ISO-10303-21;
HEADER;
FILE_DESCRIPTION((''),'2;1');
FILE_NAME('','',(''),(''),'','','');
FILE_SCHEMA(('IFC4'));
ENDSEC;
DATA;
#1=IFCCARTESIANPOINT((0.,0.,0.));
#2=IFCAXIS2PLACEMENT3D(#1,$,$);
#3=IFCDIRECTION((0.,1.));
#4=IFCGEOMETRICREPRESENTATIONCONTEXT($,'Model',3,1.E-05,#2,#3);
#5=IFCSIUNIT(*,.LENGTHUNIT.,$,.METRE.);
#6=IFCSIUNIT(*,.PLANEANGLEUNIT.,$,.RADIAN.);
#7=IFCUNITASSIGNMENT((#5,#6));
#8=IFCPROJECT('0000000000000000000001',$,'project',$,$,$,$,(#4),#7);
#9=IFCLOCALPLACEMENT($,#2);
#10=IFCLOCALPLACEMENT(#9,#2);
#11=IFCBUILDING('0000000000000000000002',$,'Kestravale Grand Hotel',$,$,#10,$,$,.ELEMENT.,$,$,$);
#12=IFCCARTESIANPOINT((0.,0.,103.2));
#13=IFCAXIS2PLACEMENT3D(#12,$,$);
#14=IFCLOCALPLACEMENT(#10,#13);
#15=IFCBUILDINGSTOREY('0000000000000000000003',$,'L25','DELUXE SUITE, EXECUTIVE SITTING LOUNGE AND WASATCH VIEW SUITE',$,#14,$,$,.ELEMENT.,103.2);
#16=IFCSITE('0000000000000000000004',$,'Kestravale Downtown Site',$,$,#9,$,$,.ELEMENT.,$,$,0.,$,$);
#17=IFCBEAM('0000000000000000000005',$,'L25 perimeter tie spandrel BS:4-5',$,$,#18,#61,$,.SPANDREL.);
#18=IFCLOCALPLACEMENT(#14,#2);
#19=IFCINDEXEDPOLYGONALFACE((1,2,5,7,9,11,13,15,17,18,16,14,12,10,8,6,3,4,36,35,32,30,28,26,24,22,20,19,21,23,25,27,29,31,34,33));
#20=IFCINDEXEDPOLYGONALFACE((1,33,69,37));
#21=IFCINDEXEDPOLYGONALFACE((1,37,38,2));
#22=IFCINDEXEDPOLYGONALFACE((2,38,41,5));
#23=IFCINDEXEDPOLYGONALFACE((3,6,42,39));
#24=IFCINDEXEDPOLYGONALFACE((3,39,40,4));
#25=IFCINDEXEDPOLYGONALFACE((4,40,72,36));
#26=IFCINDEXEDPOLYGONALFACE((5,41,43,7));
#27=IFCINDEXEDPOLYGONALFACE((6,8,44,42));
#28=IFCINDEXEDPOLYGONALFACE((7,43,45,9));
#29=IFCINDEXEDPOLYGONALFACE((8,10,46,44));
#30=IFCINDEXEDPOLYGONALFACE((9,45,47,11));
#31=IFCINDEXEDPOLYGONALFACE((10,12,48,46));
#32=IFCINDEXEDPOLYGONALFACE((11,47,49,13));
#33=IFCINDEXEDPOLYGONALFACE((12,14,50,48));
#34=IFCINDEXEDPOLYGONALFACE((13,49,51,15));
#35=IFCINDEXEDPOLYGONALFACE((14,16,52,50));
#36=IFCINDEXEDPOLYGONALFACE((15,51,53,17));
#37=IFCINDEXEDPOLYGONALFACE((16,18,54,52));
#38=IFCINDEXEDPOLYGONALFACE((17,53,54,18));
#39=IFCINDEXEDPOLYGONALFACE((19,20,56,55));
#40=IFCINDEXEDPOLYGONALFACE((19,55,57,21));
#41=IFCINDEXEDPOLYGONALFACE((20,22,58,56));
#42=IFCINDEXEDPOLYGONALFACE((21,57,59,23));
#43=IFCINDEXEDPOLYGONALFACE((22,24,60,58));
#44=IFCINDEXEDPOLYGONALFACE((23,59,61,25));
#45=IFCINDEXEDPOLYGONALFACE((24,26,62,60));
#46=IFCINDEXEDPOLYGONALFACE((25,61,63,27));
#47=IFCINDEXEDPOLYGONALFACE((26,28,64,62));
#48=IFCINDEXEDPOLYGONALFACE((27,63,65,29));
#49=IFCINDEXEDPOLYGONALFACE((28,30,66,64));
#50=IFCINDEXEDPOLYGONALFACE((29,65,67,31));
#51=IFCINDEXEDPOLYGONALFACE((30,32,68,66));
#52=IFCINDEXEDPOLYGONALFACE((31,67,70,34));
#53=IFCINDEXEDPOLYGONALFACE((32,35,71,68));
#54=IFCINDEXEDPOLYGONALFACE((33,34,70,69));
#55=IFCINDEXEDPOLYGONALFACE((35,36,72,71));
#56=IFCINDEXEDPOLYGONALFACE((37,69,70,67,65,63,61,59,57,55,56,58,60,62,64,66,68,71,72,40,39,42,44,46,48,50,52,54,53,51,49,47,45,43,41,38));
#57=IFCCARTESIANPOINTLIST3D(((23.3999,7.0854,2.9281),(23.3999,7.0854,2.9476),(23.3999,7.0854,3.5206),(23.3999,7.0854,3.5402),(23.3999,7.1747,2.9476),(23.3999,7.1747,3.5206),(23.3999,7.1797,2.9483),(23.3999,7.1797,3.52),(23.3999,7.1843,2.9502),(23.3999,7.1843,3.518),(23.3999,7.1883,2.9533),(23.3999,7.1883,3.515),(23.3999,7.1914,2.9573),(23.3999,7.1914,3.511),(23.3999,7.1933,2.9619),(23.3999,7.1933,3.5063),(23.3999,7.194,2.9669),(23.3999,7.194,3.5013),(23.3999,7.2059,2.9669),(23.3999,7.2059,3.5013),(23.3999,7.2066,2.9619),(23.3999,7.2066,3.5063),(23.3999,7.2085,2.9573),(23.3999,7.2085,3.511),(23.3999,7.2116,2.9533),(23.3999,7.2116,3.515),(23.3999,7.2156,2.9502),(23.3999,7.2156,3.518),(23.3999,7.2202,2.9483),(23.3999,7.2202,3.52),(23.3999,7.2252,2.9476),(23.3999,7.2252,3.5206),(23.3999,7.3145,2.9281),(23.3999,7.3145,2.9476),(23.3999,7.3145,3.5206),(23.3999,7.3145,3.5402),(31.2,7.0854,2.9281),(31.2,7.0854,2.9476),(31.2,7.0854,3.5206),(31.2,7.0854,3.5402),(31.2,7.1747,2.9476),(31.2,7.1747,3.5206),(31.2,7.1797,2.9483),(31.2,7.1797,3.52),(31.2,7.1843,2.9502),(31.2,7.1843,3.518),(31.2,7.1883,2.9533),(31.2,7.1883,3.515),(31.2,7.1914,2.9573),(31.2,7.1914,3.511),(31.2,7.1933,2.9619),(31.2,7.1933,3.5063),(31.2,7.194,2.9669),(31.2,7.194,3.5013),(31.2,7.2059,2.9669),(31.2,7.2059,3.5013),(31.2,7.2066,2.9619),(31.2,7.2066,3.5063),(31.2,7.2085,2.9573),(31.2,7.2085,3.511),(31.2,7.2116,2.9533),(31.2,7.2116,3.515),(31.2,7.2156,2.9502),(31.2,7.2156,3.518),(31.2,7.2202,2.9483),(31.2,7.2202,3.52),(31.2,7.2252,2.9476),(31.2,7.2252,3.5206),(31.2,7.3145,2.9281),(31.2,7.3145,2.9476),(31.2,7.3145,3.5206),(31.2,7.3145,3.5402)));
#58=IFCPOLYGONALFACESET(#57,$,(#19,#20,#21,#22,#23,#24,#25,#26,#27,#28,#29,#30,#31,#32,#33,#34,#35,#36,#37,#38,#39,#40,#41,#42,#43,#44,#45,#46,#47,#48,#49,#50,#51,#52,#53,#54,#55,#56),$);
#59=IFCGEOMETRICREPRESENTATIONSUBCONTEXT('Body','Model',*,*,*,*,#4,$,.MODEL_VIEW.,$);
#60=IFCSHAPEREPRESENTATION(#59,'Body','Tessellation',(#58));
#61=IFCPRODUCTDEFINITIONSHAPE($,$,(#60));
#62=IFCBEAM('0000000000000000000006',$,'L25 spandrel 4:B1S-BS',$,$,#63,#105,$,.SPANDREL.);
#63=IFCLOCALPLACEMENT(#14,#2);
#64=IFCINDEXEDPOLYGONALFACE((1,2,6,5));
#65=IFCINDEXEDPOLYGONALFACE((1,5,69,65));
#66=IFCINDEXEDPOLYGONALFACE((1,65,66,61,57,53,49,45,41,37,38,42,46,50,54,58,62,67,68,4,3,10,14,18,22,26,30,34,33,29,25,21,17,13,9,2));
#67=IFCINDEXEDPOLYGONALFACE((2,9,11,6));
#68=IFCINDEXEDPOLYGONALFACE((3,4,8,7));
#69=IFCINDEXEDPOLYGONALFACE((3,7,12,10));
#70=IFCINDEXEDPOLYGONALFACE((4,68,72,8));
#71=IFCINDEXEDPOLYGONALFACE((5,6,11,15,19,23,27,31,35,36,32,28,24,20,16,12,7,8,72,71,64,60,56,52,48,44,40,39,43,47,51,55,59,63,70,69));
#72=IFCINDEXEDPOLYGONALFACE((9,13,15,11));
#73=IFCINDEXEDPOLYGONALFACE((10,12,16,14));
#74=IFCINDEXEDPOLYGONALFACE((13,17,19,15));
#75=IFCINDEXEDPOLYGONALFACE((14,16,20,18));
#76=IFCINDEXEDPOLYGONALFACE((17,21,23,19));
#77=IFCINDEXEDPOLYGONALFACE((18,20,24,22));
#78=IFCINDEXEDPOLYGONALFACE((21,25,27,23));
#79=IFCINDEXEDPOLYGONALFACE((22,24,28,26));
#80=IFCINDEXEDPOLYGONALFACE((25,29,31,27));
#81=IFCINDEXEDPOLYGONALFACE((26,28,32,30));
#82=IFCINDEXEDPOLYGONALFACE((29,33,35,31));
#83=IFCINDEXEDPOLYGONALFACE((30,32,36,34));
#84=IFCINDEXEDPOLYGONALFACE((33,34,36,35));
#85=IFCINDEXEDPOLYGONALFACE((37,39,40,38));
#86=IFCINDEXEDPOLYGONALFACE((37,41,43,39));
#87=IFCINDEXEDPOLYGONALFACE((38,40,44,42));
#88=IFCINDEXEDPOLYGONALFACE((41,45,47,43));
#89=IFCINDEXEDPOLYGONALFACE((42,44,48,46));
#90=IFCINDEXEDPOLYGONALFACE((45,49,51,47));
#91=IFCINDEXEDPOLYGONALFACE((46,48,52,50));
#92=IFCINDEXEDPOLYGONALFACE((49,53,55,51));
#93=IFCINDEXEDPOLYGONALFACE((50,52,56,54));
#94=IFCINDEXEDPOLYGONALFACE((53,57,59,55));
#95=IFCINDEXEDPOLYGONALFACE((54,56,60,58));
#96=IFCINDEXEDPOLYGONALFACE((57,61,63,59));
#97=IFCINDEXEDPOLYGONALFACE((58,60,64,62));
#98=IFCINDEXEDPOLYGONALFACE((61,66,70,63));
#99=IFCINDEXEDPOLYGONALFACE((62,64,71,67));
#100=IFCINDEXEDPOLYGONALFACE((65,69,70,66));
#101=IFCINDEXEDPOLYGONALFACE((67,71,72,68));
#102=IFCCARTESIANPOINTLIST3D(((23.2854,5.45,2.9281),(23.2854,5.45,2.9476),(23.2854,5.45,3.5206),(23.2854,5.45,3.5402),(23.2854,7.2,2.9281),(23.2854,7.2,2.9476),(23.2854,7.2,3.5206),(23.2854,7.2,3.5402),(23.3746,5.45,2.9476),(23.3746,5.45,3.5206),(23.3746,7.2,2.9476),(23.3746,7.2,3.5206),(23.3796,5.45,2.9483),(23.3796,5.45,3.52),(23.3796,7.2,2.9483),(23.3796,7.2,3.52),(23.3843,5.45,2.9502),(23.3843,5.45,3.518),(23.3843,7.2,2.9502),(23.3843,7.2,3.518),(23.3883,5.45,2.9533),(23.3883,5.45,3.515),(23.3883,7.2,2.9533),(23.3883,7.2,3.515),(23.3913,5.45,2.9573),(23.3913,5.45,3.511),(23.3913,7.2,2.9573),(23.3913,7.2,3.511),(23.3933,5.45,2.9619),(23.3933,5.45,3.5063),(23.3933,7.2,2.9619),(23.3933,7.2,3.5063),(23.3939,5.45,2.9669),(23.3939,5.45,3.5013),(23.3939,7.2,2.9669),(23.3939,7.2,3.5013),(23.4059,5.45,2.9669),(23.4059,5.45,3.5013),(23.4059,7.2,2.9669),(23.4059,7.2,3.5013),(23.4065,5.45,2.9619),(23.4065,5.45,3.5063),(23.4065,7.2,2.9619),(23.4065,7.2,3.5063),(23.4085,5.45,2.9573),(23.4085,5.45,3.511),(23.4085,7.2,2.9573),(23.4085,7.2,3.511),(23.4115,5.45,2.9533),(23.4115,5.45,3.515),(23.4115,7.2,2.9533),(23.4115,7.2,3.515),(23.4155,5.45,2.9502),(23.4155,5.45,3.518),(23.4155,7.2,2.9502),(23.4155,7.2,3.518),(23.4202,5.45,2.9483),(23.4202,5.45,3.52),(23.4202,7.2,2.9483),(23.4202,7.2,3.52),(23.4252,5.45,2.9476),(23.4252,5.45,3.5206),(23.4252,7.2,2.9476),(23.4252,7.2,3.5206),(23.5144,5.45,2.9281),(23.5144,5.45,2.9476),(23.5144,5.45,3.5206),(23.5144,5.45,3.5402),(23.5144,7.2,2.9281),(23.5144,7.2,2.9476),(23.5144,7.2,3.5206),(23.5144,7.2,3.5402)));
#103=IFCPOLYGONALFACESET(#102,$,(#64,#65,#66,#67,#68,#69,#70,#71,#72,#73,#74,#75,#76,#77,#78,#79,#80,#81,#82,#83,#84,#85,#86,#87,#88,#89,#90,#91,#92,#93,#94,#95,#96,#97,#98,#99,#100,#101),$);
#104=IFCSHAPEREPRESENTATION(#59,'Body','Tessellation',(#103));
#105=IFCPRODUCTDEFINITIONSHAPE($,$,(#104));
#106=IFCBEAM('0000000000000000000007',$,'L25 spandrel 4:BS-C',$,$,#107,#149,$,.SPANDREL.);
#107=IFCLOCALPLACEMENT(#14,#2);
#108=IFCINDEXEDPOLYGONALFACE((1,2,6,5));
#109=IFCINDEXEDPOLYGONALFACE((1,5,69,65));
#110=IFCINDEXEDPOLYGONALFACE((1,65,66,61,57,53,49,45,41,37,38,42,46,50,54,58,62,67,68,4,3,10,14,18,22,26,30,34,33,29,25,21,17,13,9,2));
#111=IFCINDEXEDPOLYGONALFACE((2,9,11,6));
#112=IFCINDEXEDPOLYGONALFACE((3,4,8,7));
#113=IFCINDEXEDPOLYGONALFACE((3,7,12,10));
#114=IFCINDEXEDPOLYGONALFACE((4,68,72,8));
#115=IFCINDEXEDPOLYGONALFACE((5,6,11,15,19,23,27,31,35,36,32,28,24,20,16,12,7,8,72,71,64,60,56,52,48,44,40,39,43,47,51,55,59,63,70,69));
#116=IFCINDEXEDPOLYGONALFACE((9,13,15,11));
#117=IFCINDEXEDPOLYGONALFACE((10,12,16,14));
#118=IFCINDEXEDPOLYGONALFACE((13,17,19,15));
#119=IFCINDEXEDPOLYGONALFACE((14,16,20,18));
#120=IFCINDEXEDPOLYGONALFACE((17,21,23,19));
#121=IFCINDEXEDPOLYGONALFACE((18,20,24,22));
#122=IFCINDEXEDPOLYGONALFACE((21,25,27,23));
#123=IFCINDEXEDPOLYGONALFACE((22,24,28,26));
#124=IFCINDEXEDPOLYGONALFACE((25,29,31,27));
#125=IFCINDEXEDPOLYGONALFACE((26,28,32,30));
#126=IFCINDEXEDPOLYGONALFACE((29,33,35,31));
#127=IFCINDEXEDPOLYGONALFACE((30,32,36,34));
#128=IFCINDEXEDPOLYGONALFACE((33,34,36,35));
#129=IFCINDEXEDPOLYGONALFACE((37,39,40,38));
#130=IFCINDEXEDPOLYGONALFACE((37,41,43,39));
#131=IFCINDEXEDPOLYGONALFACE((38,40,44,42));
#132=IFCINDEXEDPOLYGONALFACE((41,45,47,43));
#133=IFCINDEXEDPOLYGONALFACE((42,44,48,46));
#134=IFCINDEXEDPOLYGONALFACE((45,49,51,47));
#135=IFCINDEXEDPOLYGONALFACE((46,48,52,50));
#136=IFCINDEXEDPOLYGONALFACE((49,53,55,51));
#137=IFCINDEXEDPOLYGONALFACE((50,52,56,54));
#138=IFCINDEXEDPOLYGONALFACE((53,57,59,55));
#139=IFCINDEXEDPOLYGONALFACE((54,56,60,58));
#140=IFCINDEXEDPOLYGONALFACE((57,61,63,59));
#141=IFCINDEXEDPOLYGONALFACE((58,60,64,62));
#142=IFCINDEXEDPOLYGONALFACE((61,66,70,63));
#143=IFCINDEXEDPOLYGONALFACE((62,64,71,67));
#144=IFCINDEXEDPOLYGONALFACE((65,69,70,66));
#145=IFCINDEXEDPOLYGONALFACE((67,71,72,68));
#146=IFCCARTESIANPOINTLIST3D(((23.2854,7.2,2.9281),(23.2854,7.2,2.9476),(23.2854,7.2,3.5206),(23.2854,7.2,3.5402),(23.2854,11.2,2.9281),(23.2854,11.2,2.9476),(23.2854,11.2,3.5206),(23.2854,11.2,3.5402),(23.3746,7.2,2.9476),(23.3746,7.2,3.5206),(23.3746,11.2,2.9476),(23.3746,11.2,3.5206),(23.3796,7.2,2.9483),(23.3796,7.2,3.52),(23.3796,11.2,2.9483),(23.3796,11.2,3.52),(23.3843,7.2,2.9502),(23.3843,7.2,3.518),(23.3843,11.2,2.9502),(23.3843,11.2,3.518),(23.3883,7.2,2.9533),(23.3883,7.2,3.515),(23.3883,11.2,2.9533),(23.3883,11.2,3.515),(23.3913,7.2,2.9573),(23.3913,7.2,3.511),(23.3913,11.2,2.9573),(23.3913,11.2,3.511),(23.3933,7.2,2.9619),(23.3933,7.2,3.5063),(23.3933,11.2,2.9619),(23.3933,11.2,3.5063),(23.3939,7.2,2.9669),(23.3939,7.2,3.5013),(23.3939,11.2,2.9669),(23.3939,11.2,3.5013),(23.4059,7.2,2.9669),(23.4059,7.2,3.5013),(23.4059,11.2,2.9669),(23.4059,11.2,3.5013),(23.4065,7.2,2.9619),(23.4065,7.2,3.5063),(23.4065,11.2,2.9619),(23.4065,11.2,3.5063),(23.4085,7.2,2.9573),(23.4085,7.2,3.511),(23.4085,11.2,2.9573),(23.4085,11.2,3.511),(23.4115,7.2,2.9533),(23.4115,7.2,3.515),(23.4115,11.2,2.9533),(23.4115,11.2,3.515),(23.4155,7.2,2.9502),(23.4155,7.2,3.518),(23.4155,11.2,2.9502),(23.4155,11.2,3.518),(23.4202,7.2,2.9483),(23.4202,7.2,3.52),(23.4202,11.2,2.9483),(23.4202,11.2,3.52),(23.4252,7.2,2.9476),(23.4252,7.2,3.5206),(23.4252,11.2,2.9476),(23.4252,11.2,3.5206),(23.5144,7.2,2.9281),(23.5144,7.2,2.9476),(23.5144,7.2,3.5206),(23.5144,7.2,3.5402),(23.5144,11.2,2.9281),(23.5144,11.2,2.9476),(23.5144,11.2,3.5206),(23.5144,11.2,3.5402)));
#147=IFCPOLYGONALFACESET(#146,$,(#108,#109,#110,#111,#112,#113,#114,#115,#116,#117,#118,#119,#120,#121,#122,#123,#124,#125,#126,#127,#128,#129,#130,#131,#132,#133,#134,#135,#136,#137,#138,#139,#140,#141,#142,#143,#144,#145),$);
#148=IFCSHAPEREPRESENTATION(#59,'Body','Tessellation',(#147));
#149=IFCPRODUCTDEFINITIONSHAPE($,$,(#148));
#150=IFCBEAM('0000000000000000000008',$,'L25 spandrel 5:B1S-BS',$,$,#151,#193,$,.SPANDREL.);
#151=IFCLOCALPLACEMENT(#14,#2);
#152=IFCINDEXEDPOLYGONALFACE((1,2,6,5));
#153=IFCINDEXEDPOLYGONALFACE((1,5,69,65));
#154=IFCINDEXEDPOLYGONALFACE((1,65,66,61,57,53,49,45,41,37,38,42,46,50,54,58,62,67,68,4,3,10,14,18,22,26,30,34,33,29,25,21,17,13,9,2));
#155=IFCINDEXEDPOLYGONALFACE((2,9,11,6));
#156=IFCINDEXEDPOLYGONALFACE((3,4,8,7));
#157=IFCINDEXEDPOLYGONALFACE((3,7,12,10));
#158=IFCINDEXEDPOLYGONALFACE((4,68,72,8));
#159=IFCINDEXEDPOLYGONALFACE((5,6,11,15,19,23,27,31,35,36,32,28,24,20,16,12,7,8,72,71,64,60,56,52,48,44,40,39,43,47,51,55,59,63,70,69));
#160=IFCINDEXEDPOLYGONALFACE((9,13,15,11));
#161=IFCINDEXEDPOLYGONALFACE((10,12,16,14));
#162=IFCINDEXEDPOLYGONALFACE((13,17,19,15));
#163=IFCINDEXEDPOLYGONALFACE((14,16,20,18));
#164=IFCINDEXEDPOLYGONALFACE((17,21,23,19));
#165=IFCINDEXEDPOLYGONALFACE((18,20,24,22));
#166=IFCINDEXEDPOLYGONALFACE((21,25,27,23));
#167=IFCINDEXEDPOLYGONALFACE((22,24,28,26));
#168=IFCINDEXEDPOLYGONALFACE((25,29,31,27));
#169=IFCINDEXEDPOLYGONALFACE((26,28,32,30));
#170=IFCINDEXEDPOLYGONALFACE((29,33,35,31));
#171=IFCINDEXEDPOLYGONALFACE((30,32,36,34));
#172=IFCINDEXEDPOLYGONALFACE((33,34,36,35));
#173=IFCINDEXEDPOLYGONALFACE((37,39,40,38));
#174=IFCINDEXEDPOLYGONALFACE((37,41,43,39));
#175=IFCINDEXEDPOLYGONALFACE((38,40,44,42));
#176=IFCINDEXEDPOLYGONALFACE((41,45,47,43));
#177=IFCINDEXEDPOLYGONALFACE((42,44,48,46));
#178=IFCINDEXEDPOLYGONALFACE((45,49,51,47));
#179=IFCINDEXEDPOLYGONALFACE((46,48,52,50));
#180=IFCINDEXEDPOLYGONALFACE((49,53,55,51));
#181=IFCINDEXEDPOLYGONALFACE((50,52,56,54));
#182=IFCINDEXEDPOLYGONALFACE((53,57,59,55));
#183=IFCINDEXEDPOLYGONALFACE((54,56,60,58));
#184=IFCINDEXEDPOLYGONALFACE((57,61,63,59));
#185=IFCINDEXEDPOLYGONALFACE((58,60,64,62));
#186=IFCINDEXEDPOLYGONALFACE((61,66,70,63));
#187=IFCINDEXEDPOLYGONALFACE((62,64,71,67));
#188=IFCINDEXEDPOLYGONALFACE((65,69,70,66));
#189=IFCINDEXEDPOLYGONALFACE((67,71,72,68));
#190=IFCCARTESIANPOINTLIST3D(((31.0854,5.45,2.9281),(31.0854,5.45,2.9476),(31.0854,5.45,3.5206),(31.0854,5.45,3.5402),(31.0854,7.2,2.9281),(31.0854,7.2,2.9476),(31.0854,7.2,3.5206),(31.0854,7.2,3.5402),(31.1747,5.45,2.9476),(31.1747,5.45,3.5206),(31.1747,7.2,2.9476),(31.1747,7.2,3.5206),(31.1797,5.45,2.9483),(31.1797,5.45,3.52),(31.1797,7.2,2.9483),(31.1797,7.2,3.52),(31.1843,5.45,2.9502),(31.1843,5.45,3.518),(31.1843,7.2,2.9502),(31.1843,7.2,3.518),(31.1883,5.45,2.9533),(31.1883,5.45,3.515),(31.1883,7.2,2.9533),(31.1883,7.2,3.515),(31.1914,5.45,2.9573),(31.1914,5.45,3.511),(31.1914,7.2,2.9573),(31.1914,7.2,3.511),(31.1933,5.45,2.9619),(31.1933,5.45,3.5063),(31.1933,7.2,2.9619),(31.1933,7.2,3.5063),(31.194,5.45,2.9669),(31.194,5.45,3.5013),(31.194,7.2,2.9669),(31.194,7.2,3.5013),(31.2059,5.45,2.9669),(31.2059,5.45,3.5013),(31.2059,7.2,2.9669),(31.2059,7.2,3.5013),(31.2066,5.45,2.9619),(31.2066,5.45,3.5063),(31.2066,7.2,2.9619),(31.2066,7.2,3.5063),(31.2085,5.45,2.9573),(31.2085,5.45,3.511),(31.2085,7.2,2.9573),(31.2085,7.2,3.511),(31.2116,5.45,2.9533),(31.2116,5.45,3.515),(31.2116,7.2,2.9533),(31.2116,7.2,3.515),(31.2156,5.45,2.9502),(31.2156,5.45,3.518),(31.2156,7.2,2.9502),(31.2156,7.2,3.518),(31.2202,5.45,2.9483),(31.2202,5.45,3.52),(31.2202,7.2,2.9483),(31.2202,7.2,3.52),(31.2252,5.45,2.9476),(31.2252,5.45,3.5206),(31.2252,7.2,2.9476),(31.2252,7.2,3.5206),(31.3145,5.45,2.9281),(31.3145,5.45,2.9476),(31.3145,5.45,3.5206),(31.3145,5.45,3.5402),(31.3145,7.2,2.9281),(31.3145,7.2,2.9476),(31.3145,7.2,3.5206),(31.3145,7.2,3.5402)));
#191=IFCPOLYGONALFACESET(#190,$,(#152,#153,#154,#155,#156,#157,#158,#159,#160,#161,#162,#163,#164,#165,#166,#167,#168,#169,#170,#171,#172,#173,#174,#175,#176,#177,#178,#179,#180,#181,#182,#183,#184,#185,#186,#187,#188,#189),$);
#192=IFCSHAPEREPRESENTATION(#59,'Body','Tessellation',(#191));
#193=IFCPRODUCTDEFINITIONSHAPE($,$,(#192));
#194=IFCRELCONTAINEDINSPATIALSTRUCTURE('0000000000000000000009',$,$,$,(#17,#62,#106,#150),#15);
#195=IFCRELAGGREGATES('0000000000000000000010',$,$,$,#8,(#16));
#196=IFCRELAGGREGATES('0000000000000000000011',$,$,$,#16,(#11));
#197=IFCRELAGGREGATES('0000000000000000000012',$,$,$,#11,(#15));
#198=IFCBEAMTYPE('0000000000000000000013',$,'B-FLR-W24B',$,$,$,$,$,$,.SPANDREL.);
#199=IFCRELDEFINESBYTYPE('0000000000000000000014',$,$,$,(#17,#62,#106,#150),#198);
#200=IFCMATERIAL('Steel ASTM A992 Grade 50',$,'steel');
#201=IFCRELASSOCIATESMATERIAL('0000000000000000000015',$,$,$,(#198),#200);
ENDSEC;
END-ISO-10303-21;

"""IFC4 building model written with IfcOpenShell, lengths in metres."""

from ifc_helpers import new_model, si_unit, direction, frame, origin, origin_2d, place, context, subcontext, project, spatial, i_section, extrude, material, material_profile, profile_set, type_object, element, save


model = new_model("IFC4")

# Units and contexts
model_context = context("Model", 3, precision=1e-05, world=origin(), true_north=direction((0.0, 1.0)))
body_context = subcontext(model_context, "Body", "Model", "MODEL_VIEW")
ifc_project = project(units=[si_unit("LENGTHUNIT", "METRE"), si_unit("PLANEANGLEUNIT", "RADIAN")], contexts=[model_context])

# Site, building, storey
site_placement = place(None, origin())
site = spatial("IfcSite", under=ifc_project, at=site_placement, Name="Kestravale Downtown Site", CompositionType="ELEMENT", RefElevation=0.0)
building_placement = place(site_placement, origin())
building = spatial("IfcBuilding", under=site, at=building_placement, Name="Kestravale Grand Hotel", CompositionType="ELEMENT")
storey_placement = place(building_placement, frame((0.0, 0.0, 103.2)))
storey = spatial("IfcBuildingStorey", under=building, at=storey_placement, Name="L25", Description="DELUXE SUITE, EXECUTIVE SITTING LOUNGE AND WASATCH VIEW SUITE", CompositionType="ELEMENT", Elevation=103.2)

# Beams
ifc_material_1 = material(Name="Steel ASTM A992 Grade 50", Category="steel")
ifc_material_profile_1 = material_profile(ifc_material_1, i_section(OverallWidth=0.229, OverallDepth=0.6121, WebThickness=0.012, FlangeThickness=0.0195, FilletRadius=0.0193, at=origin_2d()))
ifc_profile_set_1 = profile_set([ifc_material_profile_1], Name="Steel ASTM A992 Grade 50")
beam_type_1 = type_object("IfcBeamType", Name="B-FLR-W24B", PredefinedType="SPANDREL", material=ifc_profile_set_1)
for number, where, z_axis, x_axis, name in (
    (1, (23.3999, 7.2, 3.2341), (1.0, 0.0, 0.0), (0.0, 1.0, 0.0), "L25 perimeter tie spandrel BS:4-5"),
):
    element("IfcBeam", number, at=place(storey_placement, frame(where, z_axis=z_axis, x_axis=x_axis)), inside=storey, type_object=beam_type_1, Name=name, PredefinedType="SPANDREL", context=body_context, shape_type="SweptSolid", body=[
        extrude(i_section(OverallWidth=0.229, OverallDepth=0.6121, WebThickness=0.012, FlangeThickness=0.0195, FilletRadius=0.0193, at=origin_2d()), origin(), (0.0, 0.0, 1.0), 7.8),
    ])
beam_1_placement = place(storey_placement, frame((23.3999, 5.45, 3.2341), z_axis=(0.0, 1.0, 0.0), x_axis=(-1.0, 0.0, 0.0)))
element("IfcBeam", 2, at=beam_1_placement, inside=storey, type_object=beam_type_1, Name="L25 spandrel 4:B1S-BS", PredefinedType="SPANDREL", context=body_context, shape_type="SweptSolid", body=[
    extrude(i_section(OverallWidth=0.229, OverallDepth=0.6121, WebThickness=0.012, FlangeThickness=0.0195, FilletRadius=0.0193, at=origin_2d()), origin(), (0.0, 0.0, 1.0), 1.75),
])
beam_2_placement = place(storey_placement, frame((23.3999, 7.2, 3.2341), z_axis=(0.0, 1.0, 0.0), x_axis=(-1.0, 0.0, 0.0)))
element("IfcBeam", 3, at=beam_2_placement, inside=storey, type_object=beam_type_1, Name="L25 spandrel 4:BS-C", PredefinedType="SPANDREL", context=body_context, shape_type="SweptSolid", body=[
    extrude(i_section(OverallWidth=0.229, OverallDepth=0.6121, WebThickness=0.012, FlangeThickness=0.0195, FilletRadius=0.0193, at=origin_2d()), origin(), (0.0, 0.0, 1.0), 4.0),
])
beam_3_placement = place(storey_placement, frame((31.2, 5.45, 3.2341), z_axis=(0.0, 1.0, 0.0), x_axis=(-1.0, 0.0, 0.0)))
element("IfcBeam", 4, at=beam_3_placement, inside=storey, type_object=beam_type_1, Name="L25 spandrel 5:B1S-BS", PredefinedType="SPANDREL", context=body_context, shape_type="SweptSolid", body=[
    extrude(i_section(OverallWidth=0.229, OverallDepth=0.6121, WebThickness=0.012, FlangeThickness=0.0195, FilletRadius=0.0193, at=origin_2d()), origin(), (0.0, 0.0, 1.0), 1.75),
])

save(model, "model.ifc")
